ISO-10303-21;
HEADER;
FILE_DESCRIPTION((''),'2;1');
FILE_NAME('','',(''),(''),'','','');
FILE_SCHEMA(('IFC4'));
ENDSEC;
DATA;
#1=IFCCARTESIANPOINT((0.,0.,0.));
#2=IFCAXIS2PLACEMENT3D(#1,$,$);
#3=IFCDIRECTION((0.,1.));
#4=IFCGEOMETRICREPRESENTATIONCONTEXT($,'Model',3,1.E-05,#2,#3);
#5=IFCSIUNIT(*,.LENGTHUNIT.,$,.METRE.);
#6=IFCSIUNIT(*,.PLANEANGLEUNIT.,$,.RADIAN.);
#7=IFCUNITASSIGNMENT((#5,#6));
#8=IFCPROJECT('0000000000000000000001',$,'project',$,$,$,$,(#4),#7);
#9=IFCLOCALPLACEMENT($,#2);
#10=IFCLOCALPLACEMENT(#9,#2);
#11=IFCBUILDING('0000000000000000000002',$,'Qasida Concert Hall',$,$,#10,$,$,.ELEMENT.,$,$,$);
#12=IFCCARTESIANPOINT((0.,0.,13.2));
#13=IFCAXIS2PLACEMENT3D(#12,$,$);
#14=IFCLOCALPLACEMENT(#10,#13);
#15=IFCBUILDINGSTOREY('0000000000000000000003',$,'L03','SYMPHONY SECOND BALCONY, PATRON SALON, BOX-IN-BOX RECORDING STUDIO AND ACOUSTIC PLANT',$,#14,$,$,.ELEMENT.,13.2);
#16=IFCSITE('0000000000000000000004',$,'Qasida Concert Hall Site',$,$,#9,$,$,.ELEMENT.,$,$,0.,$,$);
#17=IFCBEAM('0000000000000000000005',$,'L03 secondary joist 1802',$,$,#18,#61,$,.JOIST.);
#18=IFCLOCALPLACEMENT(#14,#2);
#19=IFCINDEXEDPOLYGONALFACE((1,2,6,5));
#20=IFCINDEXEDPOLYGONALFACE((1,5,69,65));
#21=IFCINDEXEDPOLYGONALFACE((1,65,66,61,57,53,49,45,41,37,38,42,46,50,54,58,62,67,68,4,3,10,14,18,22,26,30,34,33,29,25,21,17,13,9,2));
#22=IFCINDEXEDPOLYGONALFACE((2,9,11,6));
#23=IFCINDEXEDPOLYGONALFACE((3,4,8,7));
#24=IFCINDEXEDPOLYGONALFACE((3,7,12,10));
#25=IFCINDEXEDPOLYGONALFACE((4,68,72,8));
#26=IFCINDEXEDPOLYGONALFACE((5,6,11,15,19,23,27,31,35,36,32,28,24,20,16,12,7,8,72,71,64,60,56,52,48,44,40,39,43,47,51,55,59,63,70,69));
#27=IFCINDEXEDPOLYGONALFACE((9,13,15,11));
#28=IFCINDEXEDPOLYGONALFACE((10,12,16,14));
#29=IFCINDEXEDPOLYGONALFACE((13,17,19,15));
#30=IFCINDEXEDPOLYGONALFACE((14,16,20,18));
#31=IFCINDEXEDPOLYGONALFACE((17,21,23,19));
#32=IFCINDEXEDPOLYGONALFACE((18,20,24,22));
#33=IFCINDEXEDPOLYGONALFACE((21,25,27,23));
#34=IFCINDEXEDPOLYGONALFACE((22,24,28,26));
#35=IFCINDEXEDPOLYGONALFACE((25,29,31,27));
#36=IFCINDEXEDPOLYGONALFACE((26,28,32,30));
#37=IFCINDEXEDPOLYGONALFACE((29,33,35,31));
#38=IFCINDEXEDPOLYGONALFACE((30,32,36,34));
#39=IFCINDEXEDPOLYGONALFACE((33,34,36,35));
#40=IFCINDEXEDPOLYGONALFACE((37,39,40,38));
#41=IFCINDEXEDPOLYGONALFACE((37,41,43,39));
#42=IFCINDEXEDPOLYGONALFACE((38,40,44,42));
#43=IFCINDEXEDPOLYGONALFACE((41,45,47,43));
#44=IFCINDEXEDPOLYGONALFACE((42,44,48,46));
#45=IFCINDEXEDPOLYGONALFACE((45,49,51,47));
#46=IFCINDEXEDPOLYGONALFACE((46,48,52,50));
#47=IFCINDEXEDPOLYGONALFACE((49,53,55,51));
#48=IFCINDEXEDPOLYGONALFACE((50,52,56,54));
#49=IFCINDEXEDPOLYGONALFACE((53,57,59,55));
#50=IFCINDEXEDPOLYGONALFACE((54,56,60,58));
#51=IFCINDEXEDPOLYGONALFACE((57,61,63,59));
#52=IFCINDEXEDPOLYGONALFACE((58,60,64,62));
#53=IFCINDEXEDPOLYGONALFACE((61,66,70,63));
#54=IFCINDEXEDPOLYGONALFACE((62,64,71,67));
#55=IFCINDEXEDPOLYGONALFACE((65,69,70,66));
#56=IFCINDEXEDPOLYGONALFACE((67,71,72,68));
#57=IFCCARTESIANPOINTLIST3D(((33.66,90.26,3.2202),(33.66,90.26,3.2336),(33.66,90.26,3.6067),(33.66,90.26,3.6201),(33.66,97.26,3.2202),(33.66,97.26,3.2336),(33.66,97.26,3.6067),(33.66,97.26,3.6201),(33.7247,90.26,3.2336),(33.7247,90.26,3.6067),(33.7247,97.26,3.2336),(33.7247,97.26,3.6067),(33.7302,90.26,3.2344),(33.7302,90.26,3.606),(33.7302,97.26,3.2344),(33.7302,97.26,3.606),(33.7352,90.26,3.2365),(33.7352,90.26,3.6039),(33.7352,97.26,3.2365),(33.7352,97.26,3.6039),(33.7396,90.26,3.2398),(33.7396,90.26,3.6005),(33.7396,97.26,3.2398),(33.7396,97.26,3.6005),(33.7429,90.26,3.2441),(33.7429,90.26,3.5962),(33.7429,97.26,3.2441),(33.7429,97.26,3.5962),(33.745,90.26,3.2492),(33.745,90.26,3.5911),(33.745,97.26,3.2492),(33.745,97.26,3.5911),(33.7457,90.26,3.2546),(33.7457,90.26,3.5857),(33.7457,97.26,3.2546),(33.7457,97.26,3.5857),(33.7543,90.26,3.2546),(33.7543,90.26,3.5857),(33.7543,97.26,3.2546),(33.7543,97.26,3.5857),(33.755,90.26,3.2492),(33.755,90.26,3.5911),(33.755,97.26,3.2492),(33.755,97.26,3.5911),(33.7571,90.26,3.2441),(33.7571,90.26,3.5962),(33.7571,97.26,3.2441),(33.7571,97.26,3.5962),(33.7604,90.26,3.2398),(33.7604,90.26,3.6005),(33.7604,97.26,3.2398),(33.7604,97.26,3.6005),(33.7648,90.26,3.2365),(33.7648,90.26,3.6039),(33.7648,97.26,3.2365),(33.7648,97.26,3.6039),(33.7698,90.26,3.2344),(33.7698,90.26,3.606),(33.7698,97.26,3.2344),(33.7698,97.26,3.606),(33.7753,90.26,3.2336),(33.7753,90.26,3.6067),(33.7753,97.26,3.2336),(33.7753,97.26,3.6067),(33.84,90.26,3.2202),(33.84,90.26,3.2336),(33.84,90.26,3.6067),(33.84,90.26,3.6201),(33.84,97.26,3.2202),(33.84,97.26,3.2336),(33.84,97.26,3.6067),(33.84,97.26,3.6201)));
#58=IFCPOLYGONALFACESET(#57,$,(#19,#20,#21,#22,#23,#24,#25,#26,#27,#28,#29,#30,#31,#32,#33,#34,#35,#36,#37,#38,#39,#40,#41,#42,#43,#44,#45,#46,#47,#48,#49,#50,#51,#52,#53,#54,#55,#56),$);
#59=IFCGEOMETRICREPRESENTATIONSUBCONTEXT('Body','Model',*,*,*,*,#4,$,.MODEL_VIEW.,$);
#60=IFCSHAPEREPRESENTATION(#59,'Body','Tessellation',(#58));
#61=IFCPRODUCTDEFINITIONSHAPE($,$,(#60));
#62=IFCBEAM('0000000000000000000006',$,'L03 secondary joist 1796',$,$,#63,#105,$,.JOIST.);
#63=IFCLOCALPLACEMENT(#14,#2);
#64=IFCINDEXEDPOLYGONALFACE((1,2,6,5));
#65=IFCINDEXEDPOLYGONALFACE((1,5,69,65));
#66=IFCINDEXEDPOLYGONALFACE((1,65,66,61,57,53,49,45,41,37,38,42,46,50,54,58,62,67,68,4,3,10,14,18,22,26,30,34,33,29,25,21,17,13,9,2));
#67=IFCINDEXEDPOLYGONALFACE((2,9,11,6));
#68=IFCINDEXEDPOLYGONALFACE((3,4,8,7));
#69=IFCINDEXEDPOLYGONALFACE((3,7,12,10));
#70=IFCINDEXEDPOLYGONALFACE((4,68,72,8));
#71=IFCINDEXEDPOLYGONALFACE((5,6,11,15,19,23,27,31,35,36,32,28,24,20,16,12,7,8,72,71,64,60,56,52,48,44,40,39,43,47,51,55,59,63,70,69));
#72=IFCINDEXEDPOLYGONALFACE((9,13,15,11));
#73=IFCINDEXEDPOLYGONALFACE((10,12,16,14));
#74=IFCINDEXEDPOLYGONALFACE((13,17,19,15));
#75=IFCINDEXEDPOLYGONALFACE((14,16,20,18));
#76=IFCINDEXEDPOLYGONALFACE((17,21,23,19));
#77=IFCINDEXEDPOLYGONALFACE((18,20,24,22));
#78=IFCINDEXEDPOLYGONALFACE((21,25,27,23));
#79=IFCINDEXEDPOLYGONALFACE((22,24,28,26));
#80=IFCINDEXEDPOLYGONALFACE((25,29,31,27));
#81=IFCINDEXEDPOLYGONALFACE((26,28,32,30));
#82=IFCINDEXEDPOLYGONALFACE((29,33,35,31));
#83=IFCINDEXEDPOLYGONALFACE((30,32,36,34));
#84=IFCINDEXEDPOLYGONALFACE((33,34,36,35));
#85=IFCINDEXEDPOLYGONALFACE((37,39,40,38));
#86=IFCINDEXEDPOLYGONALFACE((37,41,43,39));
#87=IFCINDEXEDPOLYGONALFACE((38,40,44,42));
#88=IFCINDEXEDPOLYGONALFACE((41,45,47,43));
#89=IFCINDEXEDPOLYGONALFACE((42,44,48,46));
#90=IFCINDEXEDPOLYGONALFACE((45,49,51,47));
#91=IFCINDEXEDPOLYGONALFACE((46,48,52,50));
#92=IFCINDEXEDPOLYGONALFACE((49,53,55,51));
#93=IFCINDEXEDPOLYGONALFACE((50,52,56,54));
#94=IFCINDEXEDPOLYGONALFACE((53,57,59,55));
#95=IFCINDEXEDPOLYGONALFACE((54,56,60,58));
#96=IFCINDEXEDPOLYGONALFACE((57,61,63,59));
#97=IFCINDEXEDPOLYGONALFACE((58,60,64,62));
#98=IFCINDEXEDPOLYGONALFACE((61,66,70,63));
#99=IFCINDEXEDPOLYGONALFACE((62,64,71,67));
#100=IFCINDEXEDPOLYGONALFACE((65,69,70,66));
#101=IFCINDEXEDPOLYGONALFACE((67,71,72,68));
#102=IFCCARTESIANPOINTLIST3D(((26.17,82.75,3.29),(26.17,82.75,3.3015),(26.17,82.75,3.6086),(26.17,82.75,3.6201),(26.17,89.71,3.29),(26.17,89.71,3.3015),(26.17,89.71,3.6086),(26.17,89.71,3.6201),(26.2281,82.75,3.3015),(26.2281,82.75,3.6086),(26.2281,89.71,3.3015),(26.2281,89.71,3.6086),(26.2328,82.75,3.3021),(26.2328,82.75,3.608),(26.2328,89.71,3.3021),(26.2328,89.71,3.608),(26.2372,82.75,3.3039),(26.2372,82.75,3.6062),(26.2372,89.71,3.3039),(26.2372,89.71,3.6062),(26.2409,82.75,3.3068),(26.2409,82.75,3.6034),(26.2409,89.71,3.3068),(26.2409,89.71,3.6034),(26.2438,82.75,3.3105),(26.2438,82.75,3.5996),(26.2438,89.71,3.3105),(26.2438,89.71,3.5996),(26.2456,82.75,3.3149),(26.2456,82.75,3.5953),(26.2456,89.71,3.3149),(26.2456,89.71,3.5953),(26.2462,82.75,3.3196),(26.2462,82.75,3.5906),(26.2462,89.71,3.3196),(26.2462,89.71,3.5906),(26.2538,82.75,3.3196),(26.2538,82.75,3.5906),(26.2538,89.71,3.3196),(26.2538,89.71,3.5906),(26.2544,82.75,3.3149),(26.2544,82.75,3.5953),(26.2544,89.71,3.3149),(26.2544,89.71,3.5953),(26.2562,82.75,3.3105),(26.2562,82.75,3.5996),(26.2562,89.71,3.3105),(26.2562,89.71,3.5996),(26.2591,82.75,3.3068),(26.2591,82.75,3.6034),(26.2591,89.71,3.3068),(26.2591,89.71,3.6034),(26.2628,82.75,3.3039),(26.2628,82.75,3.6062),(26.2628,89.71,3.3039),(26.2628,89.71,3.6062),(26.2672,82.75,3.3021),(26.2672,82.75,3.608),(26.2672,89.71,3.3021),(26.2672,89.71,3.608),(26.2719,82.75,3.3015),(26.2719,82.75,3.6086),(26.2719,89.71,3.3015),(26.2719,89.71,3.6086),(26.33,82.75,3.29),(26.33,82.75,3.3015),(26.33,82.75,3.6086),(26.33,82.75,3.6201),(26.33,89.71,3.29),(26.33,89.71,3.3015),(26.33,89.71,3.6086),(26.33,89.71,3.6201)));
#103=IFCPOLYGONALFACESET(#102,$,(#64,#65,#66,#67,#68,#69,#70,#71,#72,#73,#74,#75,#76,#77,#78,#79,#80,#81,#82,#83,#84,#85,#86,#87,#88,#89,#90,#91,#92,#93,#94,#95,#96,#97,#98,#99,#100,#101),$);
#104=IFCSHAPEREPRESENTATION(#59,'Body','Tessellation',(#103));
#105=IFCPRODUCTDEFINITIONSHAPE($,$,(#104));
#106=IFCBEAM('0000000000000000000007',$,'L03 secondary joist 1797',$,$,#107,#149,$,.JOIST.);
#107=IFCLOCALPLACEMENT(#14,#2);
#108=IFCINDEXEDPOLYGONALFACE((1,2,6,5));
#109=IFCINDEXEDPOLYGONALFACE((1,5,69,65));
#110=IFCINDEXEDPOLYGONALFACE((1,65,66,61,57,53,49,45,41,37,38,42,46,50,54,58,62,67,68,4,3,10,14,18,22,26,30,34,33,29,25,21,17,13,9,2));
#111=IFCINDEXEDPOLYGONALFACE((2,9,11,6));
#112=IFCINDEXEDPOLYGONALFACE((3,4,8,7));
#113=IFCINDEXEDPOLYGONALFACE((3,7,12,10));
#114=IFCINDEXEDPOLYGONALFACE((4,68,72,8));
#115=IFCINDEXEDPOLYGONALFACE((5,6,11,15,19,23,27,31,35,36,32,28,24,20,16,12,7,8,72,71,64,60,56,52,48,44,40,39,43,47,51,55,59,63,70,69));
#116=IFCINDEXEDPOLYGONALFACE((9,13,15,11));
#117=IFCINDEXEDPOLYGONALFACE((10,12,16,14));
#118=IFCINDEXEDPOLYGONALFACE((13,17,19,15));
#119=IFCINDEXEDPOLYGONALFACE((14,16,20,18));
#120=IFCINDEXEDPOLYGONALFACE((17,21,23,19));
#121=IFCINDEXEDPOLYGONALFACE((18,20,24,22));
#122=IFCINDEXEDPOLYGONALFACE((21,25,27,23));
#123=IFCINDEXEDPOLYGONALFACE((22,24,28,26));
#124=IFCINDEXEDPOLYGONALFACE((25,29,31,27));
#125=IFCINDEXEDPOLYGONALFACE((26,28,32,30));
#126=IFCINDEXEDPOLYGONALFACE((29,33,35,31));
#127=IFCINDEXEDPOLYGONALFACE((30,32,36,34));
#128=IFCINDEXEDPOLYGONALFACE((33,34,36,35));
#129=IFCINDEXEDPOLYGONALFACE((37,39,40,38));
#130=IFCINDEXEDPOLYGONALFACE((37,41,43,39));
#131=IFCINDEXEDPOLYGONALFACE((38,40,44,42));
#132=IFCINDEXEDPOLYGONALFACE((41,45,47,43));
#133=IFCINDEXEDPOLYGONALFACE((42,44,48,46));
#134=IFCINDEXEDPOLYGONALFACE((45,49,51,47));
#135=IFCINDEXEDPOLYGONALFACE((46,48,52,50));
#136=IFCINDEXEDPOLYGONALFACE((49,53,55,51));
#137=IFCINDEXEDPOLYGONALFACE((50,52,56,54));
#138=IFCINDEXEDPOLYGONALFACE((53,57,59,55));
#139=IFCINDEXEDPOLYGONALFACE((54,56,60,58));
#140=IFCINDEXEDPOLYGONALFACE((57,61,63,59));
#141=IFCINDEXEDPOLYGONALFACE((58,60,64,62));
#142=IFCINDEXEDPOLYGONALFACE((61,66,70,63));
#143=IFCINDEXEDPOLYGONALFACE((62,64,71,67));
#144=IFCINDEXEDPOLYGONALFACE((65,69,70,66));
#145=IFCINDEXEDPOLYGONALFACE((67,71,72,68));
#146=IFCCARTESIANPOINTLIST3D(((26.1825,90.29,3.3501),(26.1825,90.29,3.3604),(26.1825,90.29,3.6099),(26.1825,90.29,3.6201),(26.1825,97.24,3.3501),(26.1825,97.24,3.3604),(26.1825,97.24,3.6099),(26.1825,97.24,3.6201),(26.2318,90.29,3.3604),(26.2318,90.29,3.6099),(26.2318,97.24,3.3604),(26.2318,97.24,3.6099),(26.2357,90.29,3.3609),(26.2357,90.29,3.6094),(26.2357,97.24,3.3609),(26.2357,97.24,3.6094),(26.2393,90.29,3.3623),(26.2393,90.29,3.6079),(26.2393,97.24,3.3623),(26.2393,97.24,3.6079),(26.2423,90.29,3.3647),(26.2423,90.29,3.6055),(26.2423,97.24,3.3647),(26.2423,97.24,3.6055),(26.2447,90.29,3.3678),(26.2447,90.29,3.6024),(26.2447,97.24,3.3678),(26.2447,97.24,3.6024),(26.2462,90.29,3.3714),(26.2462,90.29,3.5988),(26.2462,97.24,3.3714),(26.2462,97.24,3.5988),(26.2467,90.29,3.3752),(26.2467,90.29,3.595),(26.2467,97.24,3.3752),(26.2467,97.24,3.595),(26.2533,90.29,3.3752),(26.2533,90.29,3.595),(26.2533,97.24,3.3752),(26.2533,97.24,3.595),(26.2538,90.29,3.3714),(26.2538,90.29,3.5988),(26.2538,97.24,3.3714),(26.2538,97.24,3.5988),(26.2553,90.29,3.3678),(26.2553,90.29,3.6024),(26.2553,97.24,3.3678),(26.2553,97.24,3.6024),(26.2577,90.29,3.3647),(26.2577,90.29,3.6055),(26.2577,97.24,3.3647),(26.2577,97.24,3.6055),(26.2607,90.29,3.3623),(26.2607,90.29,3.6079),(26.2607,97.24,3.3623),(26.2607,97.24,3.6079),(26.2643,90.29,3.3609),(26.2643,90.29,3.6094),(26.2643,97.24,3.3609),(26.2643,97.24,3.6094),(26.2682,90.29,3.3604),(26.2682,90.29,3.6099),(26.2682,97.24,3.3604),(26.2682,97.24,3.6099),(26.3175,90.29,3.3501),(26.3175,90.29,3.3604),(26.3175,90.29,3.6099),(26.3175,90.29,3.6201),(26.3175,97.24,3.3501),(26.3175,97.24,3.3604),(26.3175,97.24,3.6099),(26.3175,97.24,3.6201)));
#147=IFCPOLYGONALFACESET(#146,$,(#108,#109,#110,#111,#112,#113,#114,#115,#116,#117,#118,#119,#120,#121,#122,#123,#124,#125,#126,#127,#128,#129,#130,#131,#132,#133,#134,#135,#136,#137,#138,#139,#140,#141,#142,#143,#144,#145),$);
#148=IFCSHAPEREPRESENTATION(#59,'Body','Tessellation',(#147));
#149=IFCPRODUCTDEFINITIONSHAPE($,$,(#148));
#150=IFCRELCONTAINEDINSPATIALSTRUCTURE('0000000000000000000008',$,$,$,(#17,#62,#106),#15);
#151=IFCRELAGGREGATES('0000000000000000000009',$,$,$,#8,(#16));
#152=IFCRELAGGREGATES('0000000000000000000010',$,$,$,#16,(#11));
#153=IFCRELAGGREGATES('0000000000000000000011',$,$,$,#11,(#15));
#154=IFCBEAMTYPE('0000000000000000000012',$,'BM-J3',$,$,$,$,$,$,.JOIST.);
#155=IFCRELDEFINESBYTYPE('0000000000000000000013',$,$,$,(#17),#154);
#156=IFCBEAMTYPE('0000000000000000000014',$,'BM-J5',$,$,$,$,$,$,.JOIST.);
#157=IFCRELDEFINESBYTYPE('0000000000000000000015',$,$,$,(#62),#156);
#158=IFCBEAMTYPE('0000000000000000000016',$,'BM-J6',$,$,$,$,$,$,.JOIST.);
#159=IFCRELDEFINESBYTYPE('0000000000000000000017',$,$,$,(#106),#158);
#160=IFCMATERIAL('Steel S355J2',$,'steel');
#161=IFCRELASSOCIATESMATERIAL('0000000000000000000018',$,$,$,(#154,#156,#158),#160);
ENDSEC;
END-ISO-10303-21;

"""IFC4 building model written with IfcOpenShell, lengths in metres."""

from ifc_helpers import new_model, si_unit, direction, frame, origin, origin_2d, place, context, subcontext, project, spatial, i_section, extrude, material, material_profile, profile_set, type_object, element, save


model = new_model("IFC4")

# Units and contexts
model_context = context("Model", 3, precision=1e-05, world=origin(), true_north=direction((0.0, 1.0)))
body_context = subcontext(model_context, "Body", "Model", "MODEL_VIEW")
ifc_project = project(units=[si_unit("LENGTHUNIT", "METRE"), si_unit("PLANEANGLEUNIT", "RADIAN")], contexts=[model_context])

# Site, building, storey
site_placement = place(None, origin())
site = spatial("IfcSite", under=ifc_project, at=site_placement, Name="Qasida Concert Hall Site", CompositionType="ELEMENT", RefElevation=0.0)
building_placement = place(site_placement, origin())
building = spatial("IfcBuilding", under=site, at=building_placement, Name="Qasida Concert Hall", CompositionType="ELEMENT")
storey_placement = place(building_placement, frame((0.0, 0.0, 13.2)))
storey = spatial("IfcBuildingStorey", under=building, at=storey_placement, Name="L03", Description="SYMPHONY SECOND BALCONY, PATRON SALON, BOX-IN-BOX RECORDING STUDIO AND ACOUSTIC PLANT", CompositionType="ELEMENT", Elevation=13.2)

# Beams
ifc_material_1 = material(Name="Steel S355J2", Category="steel")
ifc_material_profile_1 = material_profile(ifc_material_1, i_section(OverallWidth=0.1799, OverallDepth=0.3999, WebThickness=0.0085, FlangeThickness=0.0134, FilletRadius=0.021, at=origin_2d()), Name="IPE 400")
ifc_profile_set_1 = profile_set([ifc_material_profile_1], Name="Steel S355J2")
beam_type_1 = type_object("IfcBeamType", Name="BM-J3", PredefinedType="JOIST", material=ifc_profile_set_1)
beam_1_placement = place(storey_placement, frame((33.75, 90.26, 3.4202), z_axis=(0.0, 1.0, 0.0), x_axis=(-1.0, 0.0, 0.0)))
element("IfcBeam", 1, at=beam_1_placement, inside=storey, type_object=beam_type_1, Name="L03 secondary joist 1802", PredefinedType="JOIST", context=body_context, shape_type="SweptSolid", body=[
    extrude(i_section(OverallWidth=0.1799, OverallDepth=0.3999, WebThickness=0.0085, FlangeThickness=0.0134, FilletRadius=0.021, at=origin_2d()), origin(), (0.0, 0.0, 1.0), 7.0),
])
ifc_material_profile_2 = material_profile(ifc_material_1, i_section(OverallWidth=0.1599, OverallDepth=0.3301, WebThickness=0.0076, FlangeThickness=0.0115, FilletRadius=0.0181, at=origin_2d()), Name="IPE 330")
ifc_profile_set_2 = profile_set([ifc_material_profile_2], Name="Steel S355J2")
beam_type_2 = type_object("IfcBeamType", Name="BM-J5", PredefinedType="JOIST", material=ifc_profile_set_2)
beam_2_placement = place(storey_placement, frame((26.25, 82.75, 3.4551), z_axis=(0.0, 1.0, 0.0), x_axis=(-1.0, 0.0, 0.0)))
element("IfcBeam", 2, at=beam_2_placement, inside=storey, type_object=beam_type_2, Name="L03 secondary joist 1796", PredefinedType="JOIST", context=body_context, shape_type="SweptSolid", body=[
    extrude(i_section(OverallWidth=0.1599, OverallDepth=0.3301, WebThickness=0.0076, FlangeThickness=0.0115, FilletRadius=0.0181, at=origin_2d()), origin(), (0.0, 0.0, 1.0), 6.96),
])
ifc_material_profile_3 = material_profile(ifc_material_1, i_section(OverallWidth=0.135, OverallDepth=0.27, WebThickness=0.0066, FlangeThickness=0.0103, FilletRadius=0.0149, at=origin_2d()), Name="IPE 270")
ifc_profile_set_3 = profile_set([ifc_material_profile_3], Name="Steel S355J2")
beam_type_3 = type_object("IfcBeamType", Name="BM-J6", PredefinedType="JOIST", material=ifc_profile_set_3)
beam_3_placement = place(storey_placement, frame((26.25, 90.29, 3.4851), z_axis=(0.0, 1.0, 0.0), x_axis=(-1.0, 0.0, 0.0)))
element("IfcBeam", 3, at=beam_3_placement, inside=storey, type_object=beam_type_3, Name="L03 secondary joist 1797", PredefinedType="JOIST", context=body_context, shape_type="SweptSolid", body=[
    extrude(i_section(OverallWidth=0.135, OverallDepth=0.27, WebThickness=0.0066, FlangeThickness=0.0103, FilletRadius=0.0149, at=origin_2d()), origin(), (0.0, 0.0, 1.0), 6.95),
])

save(model, "model.ifc")
